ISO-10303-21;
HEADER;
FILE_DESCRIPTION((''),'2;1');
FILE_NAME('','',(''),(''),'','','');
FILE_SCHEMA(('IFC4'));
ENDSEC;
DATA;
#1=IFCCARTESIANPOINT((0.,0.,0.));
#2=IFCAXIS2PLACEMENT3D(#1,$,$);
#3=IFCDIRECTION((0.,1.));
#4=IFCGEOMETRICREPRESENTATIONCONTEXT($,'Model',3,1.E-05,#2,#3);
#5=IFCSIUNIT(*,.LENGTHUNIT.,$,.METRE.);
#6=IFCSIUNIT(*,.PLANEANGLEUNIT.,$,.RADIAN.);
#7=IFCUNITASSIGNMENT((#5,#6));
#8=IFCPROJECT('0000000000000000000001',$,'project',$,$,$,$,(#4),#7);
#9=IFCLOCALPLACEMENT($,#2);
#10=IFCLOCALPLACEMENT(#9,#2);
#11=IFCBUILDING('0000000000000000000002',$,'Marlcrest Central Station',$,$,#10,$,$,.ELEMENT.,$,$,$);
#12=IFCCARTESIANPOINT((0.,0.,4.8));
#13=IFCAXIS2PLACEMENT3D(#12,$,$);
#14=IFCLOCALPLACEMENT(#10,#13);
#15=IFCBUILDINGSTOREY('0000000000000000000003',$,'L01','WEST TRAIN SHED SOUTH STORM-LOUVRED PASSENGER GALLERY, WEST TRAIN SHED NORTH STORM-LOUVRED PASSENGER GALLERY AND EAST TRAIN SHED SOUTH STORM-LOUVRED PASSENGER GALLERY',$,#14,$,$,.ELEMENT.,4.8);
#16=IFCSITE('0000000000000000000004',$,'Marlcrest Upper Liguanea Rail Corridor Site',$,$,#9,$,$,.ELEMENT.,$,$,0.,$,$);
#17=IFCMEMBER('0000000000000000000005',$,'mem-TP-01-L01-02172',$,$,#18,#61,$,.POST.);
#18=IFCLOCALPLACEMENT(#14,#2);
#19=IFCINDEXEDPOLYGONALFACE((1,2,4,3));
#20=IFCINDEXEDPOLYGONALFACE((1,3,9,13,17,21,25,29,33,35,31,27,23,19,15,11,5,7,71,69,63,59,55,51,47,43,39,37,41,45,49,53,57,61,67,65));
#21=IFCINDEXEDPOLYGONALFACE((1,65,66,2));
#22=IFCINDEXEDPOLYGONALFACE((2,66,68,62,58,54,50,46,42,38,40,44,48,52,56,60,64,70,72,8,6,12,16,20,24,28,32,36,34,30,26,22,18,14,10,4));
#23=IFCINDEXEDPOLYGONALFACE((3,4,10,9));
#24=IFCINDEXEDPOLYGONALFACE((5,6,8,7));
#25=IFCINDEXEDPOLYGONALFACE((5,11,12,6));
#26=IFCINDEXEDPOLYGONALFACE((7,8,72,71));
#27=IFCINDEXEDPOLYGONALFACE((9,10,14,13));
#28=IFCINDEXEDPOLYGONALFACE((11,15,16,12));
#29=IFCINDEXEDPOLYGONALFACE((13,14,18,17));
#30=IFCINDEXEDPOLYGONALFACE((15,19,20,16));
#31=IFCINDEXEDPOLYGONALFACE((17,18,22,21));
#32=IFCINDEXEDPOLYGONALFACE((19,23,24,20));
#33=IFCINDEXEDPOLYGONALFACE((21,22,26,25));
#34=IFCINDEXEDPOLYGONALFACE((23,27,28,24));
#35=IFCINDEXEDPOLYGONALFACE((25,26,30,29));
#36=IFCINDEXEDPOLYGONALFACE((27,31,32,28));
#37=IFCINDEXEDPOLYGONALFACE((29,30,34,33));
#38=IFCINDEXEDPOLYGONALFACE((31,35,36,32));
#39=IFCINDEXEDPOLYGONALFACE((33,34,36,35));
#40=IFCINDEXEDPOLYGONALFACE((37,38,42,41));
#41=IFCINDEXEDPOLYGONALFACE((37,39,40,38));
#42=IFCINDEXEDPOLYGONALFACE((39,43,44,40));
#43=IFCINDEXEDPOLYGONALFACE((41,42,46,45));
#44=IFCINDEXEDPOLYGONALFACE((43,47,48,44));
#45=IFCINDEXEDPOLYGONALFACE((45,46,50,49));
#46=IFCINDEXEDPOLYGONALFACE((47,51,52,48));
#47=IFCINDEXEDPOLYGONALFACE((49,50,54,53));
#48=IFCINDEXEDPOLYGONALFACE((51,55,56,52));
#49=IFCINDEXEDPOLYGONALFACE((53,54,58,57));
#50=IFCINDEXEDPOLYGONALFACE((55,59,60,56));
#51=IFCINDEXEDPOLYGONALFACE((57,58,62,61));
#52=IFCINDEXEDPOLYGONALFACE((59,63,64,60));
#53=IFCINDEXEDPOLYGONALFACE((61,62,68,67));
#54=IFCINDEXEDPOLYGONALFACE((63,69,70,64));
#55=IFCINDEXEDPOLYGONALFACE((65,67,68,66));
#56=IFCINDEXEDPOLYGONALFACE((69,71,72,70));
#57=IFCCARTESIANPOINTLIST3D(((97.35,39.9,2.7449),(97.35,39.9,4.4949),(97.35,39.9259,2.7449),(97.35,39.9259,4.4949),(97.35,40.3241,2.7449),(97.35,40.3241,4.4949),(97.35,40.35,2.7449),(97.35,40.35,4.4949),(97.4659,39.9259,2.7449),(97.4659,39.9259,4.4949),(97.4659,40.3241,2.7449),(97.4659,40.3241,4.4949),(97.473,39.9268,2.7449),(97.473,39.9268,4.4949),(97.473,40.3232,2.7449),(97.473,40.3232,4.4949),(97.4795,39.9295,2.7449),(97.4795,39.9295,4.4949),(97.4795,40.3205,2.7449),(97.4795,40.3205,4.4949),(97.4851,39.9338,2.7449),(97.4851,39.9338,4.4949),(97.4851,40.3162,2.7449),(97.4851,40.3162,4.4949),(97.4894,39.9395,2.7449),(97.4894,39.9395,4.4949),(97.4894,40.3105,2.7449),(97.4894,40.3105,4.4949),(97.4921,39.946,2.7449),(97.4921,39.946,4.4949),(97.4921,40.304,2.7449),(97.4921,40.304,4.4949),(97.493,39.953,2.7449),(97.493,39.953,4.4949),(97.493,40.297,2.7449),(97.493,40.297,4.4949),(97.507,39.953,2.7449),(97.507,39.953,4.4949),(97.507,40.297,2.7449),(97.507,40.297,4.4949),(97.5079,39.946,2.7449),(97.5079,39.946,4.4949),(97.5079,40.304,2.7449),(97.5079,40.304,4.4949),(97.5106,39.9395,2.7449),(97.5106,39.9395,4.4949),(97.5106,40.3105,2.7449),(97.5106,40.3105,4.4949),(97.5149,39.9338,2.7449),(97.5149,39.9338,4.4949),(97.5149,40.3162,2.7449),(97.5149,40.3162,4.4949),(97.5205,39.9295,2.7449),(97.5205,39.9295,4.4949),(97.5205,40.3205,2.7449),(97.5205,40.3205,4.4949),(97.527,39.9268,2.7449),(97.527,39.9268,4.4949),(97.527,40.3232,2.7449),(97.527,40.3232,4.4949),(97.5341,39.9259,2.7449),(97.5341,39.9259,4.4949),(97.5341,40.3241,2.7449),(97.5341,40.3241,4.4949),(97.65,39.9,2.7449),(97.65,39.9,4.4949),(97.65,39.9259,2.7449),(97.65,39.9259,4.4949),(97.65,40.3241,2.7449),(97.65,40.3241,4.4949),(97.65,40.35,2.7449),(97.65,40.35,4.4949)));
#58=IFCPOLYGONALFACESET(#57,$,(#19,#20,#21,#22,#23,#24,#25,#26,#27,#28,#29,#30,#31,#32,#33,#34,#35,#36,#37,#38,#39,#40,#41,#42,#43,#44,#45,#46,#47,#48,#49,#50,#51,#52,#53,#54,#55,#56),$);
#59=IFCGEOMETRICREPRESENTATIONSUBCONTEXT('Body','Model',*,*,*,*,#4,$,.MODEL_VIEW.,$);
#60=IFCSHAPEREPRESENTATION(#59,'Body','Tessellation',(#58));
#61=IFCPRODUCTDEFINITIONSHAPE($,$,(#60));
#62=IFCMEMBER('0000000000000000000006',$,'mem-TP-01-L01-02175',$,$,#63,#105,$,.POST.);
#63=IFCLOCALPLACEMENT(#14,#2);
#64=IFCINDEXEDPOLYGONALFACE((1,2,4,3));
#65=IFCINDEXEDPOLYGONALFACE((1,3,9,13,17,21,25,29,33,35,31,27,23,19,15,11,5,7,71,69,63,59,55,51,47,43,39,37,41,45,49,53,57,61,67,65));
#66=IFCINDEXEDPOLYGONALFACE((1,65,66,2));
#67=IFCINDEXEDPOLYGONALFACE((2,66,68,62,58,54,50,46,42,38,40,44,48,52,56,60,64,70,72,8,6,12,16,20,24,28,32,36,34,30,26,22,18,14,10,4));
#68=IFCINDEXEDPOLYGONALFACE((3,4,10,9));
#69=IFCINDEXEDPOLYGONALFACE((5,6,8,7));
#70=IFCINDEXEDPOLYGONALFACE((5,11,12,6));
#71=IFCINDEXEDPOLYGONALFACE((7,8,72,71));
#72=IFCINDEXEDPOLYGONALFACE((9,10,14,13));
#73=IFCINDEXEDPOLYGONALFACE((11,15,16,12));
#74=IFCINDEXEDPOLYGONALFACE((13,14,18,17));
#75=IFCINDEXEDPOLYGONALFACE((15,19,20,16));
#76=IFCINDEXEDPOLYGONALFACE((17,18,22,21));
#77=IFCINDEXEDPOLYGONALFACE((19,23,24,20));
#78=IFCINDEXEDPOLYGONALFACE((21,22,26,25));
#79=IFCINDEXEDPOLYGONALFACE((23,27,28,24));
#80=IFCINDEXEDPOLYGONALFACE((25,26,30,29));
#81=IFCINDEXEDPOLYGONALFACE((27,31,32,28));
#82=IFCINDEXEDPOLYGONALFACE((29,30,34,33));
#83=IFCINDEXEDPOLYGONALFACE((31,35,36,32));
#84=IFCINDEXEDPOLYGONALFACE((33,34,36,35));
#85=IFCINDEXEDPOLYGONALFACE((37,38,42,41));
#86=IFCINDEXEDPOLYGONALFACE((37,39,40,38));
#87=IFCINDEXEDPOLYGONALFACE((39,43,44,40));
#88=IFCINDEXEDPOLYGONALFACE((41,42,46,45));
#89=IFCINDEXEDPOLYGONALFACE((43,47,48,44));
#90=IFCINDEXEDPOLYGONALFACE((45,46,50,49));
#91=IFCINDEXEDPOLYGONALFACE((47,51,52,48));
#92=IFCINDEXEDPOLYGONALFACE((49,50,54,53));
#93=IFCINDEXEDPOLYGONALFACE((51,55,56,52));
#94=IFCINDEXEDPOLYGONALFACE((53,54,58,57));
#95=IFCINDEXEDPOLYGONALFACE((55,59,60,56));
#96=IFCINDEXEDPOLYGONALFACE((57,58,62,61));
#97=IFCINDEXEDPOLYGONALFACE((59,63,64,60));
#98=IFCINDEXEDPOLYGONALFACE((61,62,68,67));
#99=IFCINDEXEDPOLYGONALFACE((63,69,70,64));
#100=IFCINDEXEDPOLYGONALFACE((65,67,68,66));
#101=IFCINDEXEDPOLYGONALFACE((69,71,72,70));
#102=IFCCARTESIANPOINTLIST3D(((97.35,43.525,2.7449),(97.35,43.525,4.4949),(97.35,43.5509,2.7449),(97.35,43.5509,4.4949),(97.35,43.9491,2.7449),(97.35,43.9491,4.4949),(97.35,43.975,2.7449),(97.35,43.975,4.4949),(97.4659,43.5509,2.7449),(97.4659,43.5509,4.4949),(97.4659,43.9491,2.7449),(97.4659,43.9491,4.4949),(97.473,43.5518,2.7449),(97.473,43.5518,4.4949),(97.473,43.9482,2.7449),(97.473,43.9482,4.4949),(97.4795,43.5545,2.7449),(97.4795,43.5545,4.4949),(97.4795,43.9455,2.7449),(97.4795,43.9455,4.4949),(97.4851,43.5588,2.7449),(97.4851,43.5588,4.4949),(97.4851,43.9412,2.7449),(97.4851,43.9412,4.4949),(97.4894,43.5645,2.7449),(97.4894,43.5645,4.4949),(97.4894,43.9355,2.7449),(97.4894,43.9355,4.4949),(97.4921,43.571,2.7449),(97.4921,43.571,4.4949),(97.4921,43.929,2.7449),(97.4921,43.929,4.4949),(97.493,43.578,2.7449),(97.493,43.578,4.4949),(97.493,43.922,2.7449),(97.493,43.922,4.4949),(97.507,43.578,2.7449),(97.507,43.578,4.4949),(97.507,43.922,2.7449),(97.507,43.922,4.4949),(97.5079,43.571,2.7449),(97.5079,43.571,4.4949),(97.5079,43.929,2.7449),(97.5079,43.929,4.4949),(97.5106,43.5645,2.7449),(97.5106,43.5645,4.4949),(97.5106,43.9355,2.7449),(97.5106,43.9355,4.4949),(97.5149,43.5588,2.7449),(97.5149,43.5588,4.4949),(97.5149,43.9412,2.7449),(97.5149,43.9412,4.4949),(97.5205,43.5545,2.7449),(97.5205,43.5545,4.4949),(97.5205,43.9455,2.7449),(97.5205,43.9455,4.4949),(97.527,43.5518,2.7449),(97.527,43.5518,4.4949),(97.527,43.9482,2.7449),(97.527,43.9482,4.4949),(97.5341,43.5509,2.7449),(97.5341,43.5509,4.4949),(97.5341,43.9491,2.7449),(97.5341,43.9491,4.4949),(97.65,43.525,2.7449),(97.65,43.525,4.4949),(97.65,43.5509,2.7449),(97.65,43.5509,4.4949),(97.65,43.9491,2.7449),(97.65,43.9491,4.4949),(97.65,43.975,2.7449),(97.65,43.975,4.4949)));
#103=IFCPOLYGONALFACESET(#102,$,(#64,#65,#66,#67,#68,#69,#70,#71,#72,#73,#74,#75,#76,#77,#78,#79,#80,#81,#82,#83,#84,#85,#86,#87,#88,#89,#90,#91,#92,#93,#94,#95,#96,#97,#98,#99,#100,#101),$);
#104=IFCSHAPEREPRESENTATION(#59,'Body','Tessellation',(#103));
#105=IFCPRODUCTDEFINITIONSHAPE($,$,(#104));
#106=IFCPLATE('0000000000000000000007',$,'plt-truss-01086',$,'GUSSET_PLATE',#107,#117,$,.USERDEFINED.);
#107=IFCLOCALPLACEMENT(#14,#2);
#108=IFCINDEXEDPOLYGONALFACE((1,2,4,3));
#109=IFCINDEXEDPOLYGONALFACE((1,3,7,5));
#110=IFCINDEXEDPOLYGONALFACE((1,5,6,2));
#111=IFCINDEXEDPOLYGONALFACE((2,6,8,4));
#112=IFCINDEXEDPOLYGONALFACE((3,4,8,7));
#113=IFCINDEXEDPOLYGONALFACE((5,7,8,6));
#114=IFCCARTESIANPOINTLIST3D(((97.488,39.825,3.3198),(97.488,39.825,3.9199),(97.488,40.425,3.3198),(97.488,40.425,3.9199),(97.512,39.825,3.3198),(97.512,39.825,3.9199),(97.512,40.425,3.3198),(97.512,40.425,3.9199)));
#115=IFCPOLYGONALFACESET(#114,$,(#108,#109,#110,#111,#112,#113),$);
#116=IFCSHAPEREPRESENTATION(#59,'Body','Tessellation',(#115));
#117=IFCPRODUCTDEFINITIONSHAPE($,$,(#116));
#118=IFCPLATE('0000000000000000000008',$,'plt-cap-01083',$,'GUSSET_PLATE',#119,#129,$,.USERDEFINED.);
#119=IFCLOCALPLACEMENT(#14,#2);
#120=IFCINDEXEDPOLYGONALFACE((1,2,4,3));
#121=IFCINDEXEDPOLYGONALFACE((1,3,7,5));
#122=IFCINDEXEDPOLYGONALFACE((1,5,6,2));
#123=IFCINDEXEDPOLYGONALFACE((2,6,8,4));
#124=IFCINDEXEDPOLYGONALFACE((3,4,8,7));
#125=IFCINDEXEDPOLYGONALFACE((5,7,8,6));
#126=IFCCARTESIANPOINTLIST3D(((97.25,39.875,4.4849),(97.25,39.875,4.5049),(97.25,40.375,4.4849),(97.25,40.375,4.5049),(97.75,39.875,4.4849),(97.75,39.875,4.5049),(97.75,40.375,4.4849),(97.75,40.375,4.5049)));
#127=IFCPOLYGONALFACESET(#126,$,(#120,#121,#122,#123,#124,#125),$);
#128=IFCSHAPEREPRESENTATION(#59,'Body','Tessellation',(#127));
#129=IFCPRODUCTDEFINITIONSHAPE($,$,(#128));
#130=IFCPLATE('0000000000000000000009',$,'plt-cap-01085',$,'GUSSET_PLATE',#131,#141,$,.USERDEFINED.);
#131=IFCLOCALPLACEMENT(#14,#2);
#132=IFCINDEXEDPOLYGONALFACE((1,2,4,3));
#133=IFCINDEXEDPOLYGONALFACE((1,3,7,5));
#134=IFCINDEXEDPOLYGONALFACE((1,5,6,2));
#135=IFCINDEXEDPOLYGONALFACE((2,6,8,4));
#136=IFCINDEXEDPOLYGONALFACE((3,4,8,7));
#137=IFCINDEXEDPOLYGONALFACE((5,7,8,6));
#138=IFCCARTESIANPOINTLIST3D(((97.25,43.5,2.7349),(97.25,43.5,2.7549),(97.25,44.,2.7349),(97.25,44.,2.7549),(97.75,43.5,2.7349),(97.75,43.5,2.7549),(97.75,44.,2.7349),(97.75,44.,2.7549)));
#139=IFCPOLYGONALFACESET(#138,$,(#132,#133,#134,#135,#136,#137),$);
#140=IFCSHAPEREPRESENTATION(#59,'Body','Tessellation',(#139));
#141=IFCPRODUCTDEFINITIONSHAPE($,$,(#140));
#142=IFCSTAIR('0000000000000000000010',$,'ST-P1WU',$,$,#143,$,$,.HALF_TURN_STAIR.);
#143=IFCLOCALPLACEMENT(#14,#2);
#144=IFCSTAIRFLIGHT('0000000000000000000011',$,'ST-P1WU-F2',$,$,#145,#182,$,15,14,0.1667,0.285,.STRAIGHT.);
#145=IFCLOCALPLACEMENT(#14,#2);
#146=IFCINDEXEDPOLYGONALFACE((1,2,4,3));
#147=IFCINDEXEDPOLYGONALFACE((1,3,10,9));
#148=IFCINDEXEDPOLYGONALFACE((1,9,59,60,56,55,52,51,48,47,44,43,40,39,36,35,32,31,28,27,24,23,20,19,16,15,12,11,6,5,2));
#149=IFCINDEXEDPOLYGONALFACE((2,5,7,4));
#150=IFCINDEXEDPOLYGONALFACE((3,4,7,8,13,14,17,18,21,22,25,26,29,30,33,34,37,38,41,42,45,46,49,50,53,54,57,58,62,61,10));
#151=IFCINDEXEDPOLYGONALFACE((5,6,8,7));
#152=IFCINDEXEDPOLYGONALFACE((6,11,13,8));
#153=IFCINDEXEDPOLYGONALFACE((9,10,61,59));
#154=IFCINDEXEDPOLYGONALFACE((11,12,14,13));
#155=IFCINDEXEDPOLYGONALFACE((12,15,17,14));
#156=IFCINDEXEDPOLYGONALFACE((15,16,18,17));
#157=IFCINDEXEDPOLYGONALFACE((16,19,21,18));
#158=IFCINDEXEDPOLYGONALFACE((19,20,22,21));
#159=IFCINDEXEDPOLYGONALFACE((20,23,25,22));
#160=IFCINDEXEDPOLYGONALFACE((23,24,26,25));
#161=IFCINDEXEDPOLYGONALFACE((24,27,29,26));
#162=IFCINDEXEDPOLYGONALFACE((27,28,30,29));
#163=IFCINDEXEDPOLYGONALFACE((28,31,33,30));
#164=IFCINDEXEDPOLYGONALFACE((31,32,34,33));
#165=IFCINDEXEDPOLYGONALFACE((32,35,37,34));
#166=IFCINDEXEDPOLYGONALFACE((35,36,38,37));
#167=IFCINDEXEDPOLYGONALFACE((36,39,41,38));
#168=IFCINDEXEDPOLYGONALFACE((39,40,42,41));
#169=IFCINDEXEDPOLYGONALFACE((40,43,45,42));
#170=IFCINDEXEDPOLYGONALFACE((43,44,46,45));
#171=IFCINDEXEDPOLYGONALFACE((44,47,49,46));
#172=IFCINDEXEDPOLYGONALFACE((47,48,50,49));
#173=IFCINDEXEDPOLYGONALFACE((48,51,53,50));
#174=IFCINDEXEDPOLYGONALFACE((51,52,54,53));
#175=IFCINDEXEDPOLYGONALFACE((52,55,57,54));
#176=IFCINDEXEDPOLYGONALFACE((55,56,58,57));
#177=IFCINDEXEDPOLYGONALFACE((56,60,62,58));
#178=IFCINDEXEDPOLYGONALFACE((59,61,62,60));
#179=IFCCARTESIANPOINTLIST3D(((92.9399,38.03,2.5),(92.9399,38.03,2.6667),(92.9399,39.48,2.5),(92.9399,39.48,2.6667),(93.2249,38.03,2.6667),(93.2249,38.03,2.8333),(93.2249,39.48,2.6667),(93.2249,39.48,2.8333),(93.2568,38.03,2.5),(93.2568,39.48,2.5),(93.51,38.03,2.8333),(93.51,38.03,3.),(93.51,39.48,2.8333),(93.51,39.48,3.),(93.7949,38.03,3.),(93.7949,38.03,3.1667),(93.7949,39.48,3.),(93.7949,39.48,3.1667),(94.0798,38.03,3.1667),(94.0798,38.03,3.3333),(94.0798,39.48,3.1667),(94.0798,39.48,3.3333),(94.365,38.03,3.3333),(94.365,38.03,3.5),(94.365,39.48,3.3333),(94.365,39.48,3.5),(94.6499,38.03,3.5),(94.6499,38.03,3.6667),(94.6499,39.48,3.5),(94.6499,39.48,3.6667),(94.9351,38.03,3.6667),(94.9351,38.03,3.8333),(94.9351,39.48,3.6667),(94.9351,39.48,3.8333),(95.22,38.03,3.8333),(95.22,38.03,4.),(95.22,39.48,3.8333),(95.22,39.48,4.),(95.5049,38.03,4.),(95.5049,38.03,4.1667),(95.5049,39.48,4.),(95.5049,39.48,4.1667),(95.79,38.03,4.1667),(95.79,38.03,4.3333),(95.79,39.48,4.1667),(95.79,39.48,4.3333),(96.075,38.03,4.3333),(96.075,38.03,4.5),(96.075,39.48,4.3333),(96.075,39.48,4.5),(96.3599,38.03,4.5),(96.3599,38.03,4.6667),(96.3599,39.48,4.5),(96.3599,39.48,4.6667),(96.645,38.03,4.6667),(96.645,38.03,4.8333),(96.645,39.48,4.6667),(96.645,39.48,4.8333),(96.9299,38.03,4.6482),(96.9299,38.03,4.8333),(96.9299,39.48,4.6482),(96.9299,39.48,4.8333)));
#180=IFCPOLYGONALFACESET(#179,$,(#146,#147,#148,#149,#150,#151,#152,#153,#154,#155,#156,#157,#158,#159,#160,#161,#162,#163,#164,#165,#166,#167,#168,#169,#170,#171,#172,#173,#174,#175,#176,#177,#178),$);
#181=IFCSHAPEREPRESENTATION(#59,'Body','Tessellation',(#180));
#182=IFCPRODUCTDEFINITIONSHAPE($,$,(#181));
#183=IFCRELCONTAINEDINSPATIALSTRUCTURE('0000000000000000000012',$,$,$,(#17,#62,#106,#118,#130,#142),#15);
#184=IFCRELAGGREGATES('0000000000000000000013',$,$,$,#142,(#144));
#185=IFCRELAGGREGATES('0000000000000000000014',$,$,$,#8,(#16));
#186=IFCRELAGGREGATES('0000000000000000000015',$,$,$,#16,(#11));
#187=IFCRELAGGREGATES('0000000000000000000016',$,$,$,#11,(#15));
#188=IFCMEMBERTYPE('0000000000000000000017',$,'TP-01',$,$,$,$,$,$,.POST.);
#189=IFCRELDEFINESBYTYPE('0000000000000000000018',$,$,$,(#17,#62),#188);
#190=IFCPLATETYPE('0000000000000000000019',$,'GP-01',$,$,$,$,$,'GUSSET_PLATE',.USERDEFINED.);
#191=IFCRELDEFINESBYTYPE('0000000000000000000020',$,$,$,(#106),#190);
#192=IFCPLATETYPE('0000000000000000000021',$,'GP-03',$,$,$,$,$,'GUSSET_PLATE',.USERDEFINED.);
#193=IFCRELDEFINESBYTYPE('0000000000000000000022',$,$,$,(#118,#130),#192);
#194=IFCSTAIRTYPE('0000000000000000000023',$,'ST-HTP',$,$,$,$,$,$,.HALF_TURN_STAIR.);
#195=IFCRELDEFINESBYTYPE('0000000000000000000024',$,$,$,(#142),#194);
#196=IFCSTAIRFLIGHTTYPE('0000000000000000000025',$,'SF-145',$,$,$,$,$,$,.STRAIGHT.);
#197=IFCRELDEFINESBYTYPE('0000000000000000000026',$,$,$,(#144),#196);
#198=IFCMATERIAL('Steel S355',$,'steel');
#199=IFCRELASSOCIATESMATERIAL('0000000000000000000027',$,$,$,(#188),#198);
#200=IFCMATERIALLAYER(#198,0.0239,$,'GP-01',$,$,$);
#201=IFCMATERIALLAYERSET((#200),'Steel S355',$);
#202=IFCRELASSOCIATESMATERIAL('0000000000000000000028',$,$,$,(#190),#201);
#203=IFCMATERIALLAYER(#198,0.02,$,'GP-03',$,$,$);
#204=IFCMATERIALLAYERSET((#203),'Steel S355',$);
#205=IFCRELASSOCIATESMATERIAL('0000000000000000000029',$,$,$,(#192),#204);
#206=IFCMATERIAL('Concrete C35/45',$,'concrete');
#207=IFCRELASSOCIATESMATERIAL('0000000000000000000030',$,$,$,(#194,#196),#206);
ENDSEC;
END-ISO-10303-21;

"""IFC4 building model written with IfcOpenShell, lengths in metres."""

from ifc_helpers import new_model, si_unit, direction, frame, origin, origin_2d, place, context, subcontext, project, spatial, polyline, rectangle, i_section, outline, extrude, material, layer, layer_set, material_profile, profile_set, type_object, element, aggregate, save


model = new_model("IFC4")

# Units and contexts
model_context = context("Model", 3, precision=1e-05, world=origin(), true_north=direction((0.0, 1.0)))
body_context = subcontext(model_context, "Body", "Model", "MODEL_VIEW")
ifc_project = project(units=[si_unit("LENGTHUNIT", "METRE"), si_unit("PLANEANGLEUNIT", "RADIAN")], contexts=[model_context])

# Site, building, storey
site_placement = place(None, origin())
site = spatial("IfcSite", under=ifc_project, at=site_placement, Name="Marlcrest Upper Liguanea Rail Corridor Site", CompositionType="ELEMENT", RefElevation=0.0)
building_placement = place(site_placement, origin())
building = spatial("IfcBuilding", under=site, at=building_placement, Name="Marlcrest Central Station", CompositionType="ELEMENT")
storey_placement = place(building_placement, frame((0.0, 0.0, 4.8)))
storey = spatial("IfcBuildingStorey", under=building, at=storey_placement, Name="L01", Description="WEST TRAIN SHED SOUTH STORM-LOUVRED PASSENGER GALLERY, WEST TRAIN SHED NORTH STORM-LOUVRED PASSENGER GALLERY AND EAST TRAIN SHED SOUTH STORM-LOUVRED PASSENGER GALLERY", CompositionType="ELEMENT", Elevation=4.8)

# Shared definitions
ifc_material_1 = material(Name="Steel S355", Category="steel")

# Members
ifc_material_profile_1 = material_profile(ifc_material_1, i_section(OverallWidth=0.3, OverallDepth=0.45, WebThickness=0.0139, FlangeThickness=0.0259, FilletRadius=0.0271, at=origin_2d()), Name="HEB 450")
ifc_profile_set_1 = profile_set([ifc_material_profile_1], Name="Steel S355")
member_type_1 = type_object("IfcMemberType", Name="TP-01", PredefinedType="POST", material=ifc_profile_set_1)
for number, where, z_axis, x_axis, name in (
    (1, (97.5, 40.125, 2.7449), (0.0, 0.0, 1.0), (1.0, 0.0, 0.0), "mem-TP-01-L01-02172"),
    (2, (97.5, 43.75, 2.7449), (0.0, 0.0, 1.0), (1.0, 0.0, 0.0), "mem-TP-01-L01-02175"),
):
    element("IfcMember", number, at=place(storey_placement, frame(where, z_axis=z_axis, x_axis=x_axis)), inside=storey, type_object=member_type_1, Name=name, PredefinedType="POST", context=body_context, shape_type="SweptSolid", body=[
        extrude(i_section(OverallWidth=0.3, OverallDepth=0.45, WebThickness=0.0139, FlangeThickness=0.0259, FilletRadius=0.0271, at=origin_2d()), origin(), (0.0, 0.0, 1.0), 1.75),
    ])

# Plates
ifc_layer_1 = layer(ifc_material_1, 0.0239, Name="GP-01")
ifc_layer_set_1 = layer_set([ifc_layer_1], Name="Steel S355")
plate_type_1 = type_object("IfcPlateType", Name="GP-01", ElementType="GUSSET_PLATE", PredefinedType="USERDEFINED", material=ifc_layer_set_1)
plate_placement = place(storey_placement, frame((97.5, 40.125, 3.3198), z_axis=(0.0, 0.0, 1.0), x_axis=(1.0, 0.0, 0.0)))
element("IfcPlate", 3, at=plate_placement, inside=storey, type_object=plate_type_1, Name="plt-truss-01086", ObjectType="GUSSET_PLATE", PredefinedType="USERDEFINED", context=body_context, shape_type="SweptSolid", body=[
    extrude(rectangle(XDim=0.0239, YDim=0.6001, at=origin_2d()), origin(), (0.0, 0.0, 1.0), 0.6001),
])
ifc_layer_2 = layer(ifc_material_1, 0.02, Name="GP-03")
ifc_layer_set_2 = layer_set([ifc_layer_2], Name="Steel S355")
plate_type_2 = type_object("IfcPlateType", Name="GP-03", ElementType="GUSSET_PLATE", PredefinedType="USERDEFINED", material=ifc_layer_set_2)
for number, where, z_axis, x_axis, name in (
    (4, (97.5, 40.125, 4.4849), (0.0, 0.0, 1.0), (1.0, 0.0, 0.0), "plt-cap-01083"),
    (5, (97.5, 43.75, 2.7349), (0.0, 0.0, 1.0), (1.0, 0.0, 0.0), "plt-cap-01085"),
):
    element("IfcPlate", number, at=place(storey_placement, frame(where, z_axis=z_axis, x_axis=x_axis)), inside=storey, type_object=plate_type_2, Name=name, ObjectType="GUSSET_PLATE", PredefinedType="USERDEFINED", context=body_context, shape_type="SweptSolid", body=[
        extrude(rectangle(XDim=0.5, YDim=0.5, at=origin_2d()), origin(), (0.0, 0.0, 1.0), 0.02),
    ])

# Stair, stair flight
ifc_material_2 = material(Name="Concrete C35/45", Category="concrete")
stair_type = type_object("IfcStairType", Name="ST-HTP", PredefinedType="HALF_TURN_STAIR", material=ifc_material_2)
stair_placement = place(storey_placement, origin())
stair = element("IfcStair", 6, at=stair_placement, inside=storey, type_object=stair_type, Name="ST-P1WU", PredefinedType="HALF_TURN_STAIR")
stair_flight_type = type_object("IfcStairFlightType", Name="SF-145", PredefinedType="STRAIGHT", material=ifc_material_2)
stair_flight_placement = place(storey_placement, frame((92.9399, 38.7549, 2.5), z_axis=(0.0, 0.0, 1.0), x_axis=(1.0, 0.0, 0.0)))
stair_flight = element("IfcStairFlight", 7, at=stair_flight_placement, type_object=stair_flight_type, Name="ST-P1WU-F2", NumberOfRisers=15, NumberOfTreads=14, PredefinedType="STRAIGHT", RiserHeight=0.1667, TreadLength=0.285, context=body_context, shape_type="SweptSolid", body=[
    extrude(outline(polyline([(0.0, 0.0), (0.0, 0.1667), (0.2849, 0.1667), (0.2849, 0.3333), (0.5701, 0.3333), (0.5701, 0.5), (0.855, 0.5), (0.855, 0.6667), (1.1399, 0.6667), (1.1399, 0.8333), (1.425, 0.8333), (1.425, 1.0), (1.71, 1.0), (1.71, 1.1667), (1.9951, 1.1667), (1.9951, 1.3333), (2.28, 1.3333), (2.28, 1.5), (2.5649, 1.5), (2.5649, 1.6667), (2.8501, 1.6667), (2.8501, 1.8333), (3.135, 1.8333), (3.135, 2.0), (3.4199, 2.0), (3.4199, 2.1667), (3.7051, 2.1667), (3.7051, 2.3333), (3.99, 2.3333), (3.99, 2.5), (3.99, 2.1482), (0.3169, 0.0), (0.0, 0.0)])), frame((0.0, 0.7251, 0.0), z_axis=(0.0, -1.0, 0.0), x_axis=(1.0, 0.0, 0.0)), (0.0, 0.0, 1.0), 1.45),
])
aggregate(stair, [stair_flight])

save(model, "model.ifc")
